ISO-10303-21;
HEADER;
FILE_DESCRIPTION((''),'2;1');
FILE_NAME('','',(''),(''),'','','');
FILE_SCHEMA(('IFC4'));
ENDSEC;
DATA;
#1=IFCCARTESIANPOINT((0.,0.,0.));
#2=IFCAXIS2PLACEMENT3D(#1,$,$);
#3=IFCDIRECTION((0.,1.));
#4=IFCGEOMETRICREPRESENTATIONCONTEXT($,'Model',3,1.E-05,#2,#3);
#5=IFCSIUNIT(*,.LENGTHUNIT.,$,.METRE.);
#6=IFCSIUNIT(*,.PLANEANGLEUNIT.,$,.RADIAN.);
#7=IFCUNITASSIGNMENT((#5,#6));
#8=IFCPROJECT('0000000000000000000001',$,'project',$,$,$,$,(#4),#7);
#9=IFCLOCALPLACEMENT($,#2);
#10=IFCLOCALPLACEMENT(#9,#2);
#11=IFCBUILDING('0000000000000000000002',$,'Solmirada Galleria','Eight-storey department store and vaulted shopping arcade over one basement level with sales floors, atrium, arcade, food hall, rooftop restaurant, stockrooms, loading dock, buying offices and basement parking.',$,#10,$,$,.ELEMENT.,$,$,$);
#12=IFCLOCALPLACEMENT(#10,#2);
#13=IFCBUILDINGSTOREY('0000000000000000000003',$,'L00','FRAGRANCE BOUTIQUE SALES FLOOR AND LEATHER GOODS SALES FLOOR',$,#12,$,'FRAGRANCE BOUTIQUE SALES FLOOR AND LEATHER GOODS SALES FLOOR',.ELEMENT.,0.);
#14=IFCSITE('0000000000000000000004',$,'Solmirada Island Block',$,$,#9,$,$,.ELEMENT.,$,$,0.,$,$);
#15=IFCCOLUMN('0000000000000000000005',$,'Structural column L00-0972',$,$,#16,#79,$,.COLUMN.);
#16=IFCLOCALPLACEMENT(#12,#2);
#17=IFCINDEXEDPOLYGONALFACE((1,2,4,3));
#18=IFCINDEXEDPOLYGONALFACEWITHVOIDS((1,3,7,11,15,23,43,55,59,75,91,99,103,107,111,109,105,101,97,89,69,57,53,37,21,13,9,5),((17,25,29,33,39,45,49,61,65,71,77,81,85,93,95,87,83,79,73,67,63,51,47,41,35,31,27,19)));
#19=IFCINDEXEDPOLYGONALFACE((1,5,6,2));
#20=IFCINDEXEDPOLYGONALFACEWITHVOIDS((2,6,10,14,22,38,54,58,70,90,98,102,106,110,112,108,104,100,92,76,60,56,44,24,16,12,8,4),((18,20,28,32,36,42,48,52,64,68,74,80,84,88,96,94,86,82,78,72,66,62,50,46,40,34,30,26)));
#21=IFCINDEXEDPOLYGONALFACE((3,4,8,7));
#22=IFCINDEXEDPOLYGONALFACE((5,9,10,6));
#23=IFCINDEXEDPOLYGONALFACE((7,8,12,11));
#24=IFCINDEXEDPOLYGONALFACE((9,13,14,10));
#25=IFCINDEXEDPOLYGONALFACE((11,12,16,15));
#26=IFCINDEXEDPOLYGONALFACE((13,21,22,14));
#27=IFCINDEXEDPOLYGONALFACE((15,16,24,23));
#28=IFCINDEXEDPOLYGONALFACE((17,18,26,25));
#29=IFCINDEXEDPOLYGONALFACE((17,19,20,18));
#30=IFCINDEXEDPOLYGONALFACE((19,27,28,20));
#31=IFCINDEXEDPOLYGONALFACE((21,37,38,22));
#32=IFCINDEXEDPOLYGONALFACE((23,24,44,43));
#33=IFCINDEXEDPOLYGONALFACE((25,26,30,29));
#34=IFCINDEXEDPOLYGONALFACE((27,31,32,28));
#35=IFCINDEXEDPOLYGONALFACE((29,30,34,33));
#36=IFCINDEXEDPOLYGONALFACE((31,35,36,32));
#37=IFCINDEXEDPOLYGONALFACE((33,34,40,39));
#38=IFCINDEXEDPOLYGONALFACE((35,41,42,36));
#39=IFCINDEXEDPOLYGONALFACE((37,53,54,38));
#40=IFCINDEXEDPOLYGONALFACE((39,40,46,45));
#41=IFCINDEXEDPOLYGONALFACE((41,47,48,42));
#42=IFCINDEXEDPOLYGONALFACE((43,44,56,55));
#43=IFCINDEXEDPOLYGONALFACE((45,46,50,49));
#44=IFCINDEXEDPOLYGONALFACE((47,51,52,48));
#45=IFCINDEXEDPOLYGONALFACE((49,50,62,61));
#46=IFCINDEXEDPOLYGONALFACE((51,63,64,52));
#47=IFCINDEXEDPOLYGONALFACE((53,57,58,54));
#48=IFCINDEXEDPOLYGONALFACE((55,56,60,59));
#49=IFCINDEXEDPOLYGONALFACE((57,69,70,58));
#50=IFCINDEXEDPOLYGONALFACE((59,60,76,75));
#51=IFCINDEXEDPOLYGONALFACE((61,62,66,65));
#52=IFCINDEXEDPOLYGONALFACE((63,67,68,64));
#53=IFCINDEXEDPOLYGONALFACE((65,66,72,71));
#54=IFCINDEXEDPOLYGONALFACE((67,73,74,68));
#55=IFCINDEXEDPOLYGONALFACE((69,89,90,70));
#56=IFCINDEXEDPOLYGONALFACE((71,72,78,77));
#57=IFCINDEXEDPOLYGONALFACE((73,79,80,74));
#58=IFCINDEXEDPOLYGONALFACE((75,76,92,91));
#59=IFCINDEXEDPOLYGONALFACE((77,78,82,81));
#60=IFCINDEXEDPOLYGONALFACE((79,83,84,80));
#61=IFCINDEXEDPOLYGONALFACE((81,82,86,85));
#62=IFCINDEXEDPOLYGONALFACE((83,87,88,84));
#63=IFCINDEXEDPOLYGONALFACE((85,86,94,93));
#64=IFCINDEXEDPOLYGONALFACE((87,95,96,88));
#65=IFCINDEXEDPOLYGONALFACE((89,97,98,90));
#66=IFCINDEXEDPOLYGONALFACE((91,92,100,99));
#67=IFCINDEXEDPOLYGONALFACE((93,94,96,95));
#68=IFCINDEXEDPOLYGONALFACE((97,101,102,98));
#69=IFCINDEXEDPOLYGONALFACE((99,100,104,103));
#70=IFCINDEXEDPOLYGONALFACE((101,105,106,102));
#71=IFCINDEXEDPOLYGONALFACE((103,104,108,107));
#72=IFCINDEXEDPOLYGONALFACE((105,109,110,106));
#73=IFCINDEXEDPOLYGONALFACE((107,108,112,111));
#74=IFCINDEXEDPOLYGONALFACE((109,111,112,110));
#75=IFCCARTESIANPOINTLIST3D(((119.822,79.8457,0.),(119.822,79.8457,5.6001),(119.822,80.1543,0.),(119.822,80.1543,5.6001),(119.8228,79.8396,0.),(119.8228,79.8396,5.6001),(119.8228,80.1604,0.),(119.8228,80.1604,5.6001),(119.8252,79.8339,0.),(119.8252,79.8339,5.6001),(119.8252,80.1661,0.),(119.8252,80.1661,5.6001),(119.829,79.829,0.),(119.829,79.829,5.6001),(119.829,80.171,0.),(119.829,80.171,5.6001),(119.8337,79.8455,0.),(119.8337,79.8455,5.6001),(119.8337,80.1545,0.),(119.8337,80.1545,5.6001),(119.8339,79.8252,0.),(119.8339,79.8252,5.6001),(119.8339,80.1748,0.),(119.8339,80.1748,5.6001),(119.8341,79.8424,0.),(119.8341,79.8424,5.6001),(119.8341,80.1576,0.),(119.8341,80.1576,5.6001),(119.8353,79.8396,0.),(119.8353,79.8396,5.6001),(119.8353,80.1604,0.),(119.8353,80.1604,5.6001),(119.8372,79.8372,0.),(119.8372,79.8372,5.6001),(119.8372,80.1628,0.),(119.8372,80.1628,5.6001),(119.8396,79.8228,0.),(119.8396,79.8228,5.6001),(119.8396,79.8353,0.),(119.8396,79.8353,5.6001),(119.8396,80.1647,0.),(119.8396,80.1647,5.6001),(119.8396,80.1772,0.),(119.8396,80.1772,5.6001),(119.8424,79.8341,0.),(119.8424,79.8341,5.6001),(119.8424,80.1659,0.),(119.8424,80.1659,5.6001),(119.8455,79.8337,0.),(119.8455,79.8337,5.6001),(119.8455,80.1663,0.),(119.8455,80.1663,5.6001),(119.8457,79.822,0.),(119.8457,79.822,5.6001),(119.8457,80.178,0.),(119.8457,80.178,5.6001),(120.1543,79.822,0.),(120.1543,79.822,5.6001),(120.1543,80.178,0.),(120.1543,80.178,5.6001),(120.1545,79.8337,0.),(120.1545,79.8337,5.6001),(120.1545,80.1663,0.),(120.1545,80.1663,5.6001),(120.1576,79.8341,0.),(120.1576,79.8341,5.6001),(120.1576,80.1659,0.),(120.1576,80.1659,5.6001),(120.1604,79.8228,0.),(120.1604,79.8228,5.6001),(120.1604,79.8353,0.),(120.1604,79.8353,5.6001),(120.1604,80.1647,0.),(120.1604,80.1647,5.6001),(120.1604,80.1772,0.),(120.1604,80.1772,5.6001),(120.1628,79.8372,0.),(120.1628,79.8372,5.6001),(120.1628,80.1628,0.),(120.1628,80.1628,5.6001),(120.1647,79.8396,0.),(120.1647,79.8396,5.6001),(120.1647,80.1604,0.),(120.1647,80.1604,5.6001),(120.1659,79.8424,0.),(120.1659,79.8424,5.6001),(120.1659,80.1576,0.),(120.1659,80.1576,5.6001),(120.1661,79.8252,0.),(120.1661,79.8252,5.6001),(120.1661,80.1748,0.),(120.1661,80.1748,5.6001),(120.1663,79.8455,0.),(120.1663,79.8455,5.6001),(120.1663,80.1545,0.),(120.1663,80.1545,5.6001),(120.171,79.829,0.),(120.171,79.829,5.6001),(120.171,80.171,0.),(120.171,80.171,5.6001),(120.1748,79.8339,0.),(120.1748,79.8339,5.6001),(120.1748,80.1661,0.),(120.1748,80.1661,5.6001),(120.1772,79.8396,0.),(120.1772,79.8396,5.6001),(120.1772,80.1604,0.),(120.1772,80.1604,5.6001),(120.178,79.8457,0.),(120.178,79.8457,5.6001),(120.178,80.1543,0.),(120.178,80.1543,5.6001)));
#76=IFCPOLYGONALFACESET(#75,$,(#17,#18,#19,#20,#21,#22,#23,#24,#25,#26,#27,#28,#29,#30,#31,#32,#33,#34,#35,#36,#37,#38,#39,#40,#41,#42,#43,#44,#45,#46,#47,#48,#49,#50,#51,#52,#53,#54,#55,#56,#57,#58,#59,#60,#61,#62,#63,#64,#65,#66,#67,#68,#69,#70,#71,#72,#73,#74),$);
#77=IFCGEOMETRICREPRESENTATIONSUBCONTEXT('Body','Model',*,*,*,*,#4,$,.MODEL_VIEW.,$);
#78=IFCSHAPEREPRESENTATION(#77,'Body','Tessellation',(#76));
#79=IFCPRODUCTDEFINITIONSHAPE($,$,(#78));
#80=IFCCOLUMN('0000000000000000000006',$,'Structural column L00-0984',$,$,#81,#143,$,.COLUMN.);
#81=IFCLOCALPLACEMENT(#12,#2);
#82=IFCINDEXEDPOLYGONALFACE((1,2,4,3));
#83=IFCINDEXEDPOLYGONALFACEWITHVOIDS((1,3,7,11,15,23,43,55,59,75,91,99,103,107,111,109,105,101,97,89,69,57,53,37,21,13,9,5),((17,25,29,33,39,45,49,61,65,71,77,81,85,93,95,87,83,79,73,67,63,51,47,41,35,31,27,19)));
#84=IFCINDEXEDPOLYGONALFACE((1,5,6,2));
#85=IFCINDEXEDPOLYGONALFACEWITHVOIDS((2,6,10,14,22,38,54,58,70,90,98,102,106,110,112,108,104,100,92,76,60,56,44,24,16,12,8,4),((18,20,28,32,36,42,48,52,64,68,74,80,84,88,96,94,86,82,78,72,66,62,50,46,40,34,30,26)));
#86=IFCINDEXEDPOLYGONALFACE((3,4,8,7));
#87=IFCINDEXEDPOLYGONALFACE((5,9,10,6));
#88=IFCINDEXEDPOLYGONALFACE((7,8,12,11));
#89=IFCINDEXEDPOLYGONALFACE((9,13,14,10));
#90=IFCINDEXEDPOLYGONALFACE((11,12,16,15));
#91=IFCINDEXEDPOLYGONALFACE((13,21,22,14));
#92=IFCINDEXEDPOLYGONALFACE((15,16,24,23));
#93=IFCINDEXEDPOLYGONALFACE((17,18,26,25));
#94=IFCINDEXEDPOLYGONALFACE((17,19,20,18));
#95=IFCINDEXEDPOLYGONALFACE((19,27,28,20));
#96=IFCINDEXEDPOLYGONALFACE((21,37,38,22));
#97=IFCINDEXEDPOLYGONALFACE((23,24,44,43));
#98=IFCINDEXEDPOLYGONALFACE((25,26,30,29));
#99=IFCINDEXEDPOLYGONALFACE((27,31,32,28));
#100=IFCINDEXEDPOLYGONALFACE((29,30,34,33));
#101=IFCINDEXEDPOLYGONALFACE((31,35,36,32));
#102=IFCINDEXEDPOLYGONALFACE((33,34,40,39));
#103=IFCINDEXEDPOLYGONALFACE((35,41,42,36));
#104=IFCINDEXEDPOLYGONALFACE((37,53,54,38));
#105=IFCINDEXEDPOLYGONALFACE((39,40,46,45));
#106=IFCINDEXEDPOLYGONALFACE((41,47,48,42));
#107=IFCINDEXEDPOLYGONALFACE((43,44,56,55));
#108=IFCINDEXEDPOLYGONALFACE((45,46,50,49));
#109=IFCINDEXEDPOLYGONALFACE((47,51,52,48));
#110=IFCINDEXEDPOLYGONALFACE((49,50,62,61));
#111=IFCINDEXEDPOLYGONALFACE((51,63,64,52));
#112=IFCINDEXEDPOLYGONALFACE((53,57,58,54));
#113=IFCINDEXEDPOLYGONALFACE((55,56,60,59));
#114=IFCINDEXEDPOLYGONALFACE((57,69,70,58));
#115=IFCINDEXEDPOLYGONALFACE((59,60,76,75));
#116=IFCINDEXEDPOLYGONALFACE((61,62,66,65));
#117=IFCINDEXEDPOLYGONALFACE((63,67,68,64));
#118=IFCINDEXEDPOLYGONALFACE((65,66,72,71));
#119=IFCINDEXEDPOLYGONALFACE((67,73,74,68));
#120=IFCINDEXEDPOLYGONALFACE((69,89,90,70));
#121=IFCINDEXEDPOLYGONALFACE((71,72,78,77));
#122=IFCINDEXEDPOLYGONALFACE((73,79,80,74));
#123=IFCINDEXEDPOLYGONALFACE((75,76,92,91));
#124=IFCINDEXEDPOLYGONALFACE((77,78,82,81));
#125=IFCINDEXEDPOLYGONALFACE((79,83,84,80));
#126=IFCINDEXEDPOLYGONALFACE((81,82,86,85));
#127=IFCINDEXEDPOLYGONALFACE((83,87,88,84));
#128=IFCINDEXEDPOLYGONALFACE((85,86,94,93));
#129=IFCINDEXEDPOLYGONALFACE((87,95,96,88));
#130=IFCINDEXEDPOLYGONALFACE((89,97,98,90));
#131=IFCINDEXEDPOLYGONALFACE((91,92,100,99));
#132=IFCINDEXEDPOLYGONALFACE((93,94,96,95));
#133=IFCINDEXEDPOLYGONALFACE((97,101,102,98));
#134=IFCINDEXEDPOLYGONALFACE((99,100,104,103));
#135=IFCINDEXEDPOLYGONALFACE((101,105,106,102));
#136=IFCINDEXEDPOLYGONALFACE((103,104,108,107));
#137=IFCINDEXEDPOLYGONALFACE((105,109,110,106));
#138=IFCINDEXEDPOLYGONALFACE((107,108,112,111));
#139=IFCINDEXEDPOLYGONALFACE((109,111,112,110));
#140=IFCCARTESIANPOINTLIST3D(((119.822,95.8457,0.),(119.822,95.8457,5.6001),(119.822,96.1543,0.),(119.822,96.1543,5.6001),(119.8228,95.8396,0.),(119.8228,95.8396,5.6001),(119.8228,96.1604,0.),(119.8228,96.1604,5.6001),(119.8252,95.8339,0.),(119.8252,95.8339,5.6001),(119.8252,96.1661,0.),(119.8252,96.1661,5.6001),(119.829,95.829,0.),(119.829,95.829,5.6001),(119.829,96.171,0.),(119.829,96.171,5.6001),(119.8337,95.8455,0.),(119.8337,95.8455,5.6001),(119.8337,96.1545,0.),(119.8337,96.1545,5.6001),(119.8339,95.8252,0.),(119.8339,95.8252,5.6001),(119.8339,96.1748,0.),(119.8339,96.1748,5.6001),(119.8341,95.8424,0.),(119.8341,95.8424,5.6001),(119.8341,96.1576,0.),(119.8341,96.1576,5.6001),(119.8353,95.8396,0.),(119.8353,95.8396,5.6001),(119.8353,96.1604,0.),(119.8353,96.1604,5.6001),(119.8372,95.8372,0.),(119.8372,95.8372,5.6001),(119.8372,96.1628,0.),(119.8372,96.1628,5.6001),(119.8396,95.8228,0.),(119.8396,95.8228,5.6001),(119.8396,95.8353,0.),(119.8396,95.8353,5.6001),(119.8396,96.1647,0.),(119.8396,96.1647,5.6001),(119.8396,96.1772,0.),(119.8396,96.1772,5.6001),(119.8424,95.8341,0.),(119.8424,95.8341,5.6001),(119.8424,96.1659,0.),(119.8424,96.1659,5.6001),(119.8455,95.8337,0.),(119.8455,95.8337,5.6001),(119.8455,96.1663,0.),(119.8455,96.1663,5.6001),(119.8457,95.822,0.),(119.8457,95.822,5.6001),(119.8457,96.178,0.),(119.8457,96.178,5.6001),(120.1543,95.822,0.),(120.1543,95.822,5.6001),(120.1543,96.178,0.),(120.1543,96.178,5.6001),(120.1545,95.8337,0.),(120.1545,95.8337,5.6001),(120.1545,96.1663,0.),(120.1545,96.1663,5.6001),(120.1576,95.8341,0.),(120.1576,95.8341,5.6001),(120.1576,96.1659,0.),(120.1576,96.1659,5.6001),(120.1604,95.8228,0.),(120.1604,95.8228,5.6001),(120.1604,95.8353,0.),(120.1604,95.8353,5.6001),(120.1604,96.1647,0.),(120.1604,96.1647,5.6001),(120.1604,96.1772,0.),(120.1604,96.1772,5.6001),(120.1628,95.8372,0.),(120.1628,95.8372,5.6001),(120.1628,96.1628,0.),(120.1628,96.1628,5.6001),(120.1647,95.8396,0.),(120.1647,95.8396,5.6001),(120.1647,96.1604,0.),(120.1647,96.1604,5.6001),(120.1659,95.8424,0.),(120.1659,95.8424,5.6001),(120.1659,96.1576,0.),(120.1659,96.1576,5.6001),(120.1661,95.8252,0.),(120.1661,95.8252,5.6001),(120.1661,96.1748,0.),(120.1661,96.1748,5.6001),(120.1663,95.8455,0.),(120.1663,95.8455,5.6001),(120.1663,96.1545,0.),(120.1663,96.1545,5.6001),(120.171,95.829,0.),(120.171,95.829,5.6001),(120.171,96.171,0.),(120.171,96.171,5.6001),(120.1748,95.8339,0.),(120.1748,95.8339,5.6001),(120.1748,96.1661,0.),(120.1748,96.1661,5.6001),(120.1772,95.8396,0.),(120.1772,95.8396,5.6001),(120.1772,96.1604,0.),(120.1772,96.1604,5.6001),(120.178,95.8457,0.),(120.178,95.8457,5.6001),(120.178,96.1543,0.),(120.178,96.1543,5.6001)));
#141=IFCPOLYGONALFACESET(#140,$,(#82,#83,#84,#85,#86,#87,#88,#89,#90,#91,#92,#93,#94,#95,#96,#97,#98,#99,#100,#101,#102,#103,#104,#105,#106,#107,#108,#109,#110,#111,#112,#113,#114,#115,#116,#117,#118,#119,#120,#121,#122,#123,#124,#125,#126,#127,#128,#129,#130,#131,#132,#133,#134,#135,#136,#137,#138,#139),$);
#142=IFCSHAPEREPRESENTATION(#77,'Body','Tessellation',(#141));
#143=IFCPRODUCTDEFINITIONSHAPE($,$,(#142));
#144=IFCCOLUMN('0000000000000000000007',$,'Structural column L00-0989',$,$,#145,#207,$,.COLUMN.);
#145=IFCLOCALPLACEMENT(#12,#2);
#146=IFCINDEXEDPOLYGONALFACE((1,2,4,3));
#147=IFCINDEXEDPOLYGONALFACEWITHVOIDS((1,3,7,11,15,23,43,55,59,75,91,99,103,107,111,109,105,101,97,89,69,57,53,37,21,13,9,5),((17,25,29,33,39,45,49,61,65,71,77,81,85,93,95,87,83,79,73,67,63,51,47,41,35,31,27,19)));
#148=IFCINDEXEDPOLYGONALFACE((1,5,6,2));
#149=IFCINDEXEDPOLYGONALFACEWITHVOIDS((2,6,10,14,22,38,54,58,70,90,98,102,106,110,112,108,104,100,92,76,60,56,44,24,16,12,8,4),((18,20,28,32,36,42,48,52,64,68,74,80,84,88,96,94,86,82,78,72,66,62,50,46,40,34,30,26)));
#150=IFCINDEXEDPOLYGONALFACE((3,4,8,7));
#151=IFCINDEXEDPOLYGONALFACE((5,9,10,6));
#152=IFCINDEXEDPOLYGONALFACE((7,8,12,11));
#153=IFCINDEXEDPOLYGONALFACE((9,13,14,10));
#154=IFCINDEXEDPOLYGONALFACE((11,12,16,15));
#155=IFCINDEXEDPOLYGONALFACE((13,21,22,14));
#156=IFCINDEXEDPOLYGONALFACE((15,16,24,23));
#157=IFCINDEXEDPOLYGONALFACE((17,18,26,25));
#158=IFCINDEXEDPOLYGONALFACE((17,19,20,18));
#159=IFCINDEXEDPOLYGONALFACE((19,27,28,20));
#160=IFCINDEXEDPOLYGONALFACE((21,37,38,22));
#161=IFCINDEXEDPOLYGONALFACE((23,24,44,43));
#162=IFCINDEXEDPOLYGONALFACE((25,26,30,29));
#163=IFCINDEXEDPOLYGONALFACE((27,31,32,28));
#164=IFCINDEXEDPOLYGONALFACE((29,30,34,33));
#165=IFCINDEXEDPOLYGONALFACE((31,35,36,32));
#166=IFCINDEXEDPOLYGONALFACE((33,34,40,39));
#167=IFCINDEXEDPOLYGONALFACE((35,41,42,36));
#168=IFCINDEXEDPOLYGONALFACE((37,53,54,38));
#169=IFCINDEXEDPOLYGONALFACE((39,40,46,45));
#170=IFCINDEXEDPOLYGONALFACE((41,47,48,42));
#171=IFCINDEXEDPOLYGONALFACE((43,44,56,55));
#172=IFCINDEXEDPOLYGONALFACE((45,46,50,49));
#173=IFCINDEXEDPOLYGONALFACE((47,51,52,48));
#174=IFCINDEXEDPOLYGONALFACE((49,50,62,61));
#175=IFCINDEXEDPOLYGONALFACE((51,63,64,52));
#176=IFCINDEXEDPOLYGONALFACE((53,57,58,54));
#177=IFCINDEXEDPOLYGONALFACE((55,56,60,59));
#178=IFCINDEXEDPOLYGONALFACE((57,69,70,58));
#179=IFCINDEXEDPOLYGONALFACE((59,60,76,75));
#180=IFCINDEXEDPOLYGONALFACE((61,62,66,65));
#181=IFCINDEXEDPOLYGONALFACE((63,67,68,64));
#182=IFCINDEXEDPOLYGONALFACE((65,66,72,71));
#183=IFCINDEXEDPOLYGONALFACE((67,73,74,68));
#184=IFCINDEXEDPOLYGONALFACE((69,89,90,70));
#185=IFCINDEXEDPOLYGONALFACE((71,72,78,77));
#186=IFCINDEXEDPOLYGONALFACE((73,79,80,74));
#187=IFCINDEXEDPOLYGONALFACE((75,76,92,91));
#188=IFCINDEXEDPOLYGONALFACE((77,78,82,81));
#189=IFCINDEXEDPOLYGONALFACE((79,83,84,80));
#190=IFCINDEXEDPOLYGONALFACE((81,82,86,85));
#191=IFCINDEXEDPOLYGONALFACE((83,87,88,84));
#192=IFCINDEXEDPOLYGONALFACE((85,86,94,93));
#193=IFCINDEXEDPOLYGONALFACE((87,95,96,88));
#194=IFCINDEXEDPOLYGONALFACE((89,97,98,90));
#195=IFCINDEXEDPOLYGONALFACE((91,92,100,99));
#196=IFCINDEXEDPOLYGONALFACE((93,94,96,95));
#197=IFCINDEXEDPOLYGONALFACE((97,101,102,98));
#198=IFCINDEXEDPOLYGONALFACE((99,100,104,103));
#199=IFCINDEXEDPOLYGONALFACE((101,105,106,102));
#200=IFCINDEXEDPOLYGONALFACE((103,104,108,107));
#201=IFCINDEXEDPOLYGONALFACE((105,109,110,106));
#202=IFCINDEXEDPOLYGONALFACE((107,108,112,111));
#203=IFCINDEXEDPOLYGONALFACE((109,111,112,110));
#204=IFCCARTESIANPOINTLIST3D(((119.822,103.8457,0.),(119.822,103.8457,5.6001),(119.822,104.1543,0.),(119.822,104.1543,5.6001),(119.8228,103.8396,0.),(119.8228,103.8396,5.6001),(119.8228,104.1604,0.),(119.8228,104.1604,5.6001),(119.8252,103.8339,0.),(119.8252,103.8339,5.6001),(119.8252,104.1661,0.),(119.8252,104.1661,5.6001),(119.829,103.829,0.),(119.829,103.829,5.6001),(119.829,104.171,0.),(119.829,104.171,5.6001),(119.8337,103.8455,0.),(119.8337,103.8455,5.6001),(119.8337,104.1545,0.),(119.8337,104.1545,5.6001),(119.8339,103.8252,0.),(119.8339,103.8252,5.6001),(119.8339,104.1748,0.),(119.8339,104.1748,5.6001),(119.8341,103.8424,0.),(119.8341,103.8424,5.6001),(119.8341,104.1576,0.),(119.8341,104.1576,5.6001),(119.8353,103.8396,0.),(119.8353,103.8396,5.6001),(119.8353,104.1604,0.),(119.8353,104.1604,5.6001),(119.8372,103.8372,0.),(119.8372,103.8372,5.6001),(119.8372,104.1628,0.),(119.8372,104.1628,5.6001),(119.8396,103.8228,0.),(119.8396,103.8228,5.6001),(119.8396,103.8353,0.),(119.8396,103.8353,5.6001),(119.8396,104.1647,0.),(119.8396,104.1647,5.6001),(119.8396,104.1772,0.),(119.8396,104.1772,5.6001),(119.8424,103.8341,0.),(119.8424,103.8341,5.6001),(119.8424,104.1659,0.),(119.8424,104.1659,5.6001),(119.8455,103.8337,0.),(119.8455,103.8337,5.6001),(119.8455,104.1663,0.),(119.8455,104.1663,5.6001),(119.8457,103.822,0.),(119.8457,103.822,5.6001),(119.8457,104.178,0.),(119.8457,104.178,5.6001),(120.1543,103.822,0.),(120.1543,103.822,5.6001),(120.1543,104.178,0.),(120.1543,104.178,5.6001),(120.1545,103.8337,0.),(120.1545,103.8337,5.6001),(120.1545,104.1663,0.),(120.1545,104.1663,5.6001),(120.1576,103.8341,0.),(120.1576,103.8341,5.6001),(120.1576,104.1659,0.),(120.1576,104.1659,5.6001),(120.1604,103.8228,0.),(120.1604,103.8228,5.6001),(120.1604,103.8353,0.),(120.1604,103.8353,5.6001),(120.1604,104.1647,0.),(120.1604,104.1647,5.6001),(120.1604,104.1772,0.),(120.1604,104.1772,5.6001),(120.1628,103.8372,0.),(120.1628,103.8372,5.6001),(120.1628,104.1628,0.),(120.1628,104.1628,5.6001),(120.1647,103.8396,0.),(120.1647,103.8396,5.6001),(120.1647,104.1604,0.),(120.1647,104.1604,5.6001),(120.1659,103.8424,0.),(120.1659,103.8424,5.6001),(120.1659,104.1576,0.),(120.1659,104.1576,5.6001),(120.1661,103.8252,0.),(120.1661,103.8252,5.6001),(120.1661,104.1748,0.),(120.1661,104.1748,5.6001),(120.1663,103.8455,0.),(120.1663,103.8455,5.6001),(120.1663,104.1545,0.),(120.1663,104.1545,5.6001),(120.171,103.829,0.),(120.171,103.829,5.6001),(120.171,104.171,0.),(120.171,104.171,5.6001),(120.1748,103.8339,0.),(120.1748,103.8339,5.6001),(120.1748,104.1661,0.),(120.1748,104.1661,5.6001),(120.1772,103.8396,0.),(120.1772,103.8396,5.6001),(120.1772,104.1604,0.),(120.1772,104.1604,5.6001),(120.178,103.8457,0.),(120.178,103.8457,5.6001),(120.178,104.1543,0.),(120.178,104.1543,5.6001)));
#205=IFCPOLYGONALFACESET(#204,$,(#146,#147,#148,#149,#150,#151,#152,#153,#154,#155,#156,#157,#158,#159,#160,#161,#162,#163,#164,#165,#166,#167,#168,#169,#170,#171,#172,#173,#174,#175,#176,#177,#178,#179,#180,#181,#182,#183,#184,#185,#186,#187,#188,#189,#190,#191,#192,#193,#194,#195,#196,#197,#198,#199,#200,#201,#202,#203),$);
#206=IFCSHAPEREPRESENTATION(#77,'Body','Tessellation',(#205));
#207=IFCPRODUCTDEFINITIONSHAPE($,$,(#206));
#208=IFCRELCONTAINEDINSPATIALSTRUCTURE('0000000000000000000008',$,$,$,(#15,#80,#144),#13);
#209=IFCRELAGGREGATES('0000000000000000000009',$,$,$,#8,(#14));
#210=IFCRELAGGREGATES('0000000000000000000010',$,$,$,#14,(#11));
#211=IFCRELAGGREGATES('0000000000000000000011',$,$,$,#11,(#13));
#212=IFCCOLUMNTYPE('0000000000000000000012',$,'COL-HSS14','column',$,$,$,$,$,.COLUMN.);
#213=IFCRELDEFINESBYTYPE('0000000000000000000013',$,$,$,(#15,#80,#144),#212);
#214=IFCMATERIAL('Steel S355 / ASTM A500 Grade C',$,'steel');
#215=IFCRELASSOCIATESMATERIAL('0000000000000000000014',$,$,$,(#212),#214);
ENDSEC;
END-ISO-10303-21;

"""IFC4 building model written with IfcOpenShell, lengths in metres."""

from ifc_helpers import new_model, si_unit, direction, frame, origin, origin_2d, place, context, subcontext, project, spatial, hollow_rectangle, extrude, material, material_profile, profile_set, type_object, element, save


model = new_model("IFC4")

# Units and contexts
model_context = context("Model", 3, precision=1e-05, world=origin(), true_north=direction((0.0, 1.0)))
body_context = subcontext(model_context, "Body", "Model", "MODEL_VIEW")
ifc_project = project(units=[si_unit("LENGTHUNIT", "METRE"), si_unit("PLANEANGLEUNIT", "RADIAN")], contexts=[model_context])

# Site, building, storey
site_placement = place(None, origin())
site = spatial("IfcSite", under=ifc_project, at=site_placement, Name="Solmirada Island Block", CompositionType="ELEMENT", RefElevation=0.0)
building_placement = place(site_placement, origin())
building = spatial("IfcBuilding", under=site, at=building_placement, Name="Solmirada Galleria", Description="Eight-storey department store and vaulted shopping arcade over one basement level with sales floors, atrium, arcade, food hall, rooftop restaurant, stockrooms, loading dock, buying offices and basement parking.", CompositionType="ELEMENT")
storey_placement = place(building_placement, origin())
storey = spatial("IfcBuildingStorey", under=building, at=storey_placement, Name="L00", Description="FRAGRANCE BOUTIQUE SALES FLOOR AND LEATHER GOODS SALES FLOOR", LongName="FRAGRANCE BOUTIQUE SALES FLOOR AND LEATHER GOODS SALES FLOOR", CompositionType="ELEMENT", Elevation=0.0)

# Columns
ifc_material_1 = material(Name="Steel S355 / ASTM A500 Grade C", Category="steel")
ifc_material_profile_1 = material_profile(ifc_material_1, hollow_rectangle(XDim=0.356, YDim=0.356, WallThickness=0.0117, InnerFilletRadius=0.0117, OuterFilletRadius=0.0237, at=origin_2d()), Name="HSS14X14X1/2")
ifc_profile_set_1 = profile_set([ifc_material_profile_1], Name="Steel S355 / ASTM A500 Grade C")
column_type_1 = type_object("IfcColumnType", Name="COL-HSS14", Description="column", PredefinedType="COLUMN", material=ifc_profile_set_1)
for number, where, z_axis, x_axis, name in (
    (1, (120.0, 80.0, 0.0), (0.0, 0.0, 1.0), (1.0, 0.0, 0.0), "Structural column L00-0972"),
    (2, (120.0, 96.0, 0.0), (0.0, 0.0, 1.0), (1.0, 0.0, 0.0), "Structural column L00-0984"),
    (3, (120.0, 104.0, 0.0), (0.0, 0.0, 1.0), (1.0, 0.0, 0.0), "Structural column L00-0989"),
):
    element("IfcColumn", number, at=place(storey_placement, frame(where, z_axis=z_axis, x_axis=x_axis)), inside=storey, type_object=column_type_1, Name=name, PredefinedType="COLUMN", context=body_context, shape_type="SweptSolid", body=[
        extrude(hollow_rectangle(XDim=0.356, YDim=0.356, WallThickness=0.0117, InnerFilletRadius=0.0117, OuterFilletRadius=0.0237, at=origin_2d()), origin(), (0.0, 0.0, 1.0), 5.6001),
    ])

save(model, "model.ifc")
